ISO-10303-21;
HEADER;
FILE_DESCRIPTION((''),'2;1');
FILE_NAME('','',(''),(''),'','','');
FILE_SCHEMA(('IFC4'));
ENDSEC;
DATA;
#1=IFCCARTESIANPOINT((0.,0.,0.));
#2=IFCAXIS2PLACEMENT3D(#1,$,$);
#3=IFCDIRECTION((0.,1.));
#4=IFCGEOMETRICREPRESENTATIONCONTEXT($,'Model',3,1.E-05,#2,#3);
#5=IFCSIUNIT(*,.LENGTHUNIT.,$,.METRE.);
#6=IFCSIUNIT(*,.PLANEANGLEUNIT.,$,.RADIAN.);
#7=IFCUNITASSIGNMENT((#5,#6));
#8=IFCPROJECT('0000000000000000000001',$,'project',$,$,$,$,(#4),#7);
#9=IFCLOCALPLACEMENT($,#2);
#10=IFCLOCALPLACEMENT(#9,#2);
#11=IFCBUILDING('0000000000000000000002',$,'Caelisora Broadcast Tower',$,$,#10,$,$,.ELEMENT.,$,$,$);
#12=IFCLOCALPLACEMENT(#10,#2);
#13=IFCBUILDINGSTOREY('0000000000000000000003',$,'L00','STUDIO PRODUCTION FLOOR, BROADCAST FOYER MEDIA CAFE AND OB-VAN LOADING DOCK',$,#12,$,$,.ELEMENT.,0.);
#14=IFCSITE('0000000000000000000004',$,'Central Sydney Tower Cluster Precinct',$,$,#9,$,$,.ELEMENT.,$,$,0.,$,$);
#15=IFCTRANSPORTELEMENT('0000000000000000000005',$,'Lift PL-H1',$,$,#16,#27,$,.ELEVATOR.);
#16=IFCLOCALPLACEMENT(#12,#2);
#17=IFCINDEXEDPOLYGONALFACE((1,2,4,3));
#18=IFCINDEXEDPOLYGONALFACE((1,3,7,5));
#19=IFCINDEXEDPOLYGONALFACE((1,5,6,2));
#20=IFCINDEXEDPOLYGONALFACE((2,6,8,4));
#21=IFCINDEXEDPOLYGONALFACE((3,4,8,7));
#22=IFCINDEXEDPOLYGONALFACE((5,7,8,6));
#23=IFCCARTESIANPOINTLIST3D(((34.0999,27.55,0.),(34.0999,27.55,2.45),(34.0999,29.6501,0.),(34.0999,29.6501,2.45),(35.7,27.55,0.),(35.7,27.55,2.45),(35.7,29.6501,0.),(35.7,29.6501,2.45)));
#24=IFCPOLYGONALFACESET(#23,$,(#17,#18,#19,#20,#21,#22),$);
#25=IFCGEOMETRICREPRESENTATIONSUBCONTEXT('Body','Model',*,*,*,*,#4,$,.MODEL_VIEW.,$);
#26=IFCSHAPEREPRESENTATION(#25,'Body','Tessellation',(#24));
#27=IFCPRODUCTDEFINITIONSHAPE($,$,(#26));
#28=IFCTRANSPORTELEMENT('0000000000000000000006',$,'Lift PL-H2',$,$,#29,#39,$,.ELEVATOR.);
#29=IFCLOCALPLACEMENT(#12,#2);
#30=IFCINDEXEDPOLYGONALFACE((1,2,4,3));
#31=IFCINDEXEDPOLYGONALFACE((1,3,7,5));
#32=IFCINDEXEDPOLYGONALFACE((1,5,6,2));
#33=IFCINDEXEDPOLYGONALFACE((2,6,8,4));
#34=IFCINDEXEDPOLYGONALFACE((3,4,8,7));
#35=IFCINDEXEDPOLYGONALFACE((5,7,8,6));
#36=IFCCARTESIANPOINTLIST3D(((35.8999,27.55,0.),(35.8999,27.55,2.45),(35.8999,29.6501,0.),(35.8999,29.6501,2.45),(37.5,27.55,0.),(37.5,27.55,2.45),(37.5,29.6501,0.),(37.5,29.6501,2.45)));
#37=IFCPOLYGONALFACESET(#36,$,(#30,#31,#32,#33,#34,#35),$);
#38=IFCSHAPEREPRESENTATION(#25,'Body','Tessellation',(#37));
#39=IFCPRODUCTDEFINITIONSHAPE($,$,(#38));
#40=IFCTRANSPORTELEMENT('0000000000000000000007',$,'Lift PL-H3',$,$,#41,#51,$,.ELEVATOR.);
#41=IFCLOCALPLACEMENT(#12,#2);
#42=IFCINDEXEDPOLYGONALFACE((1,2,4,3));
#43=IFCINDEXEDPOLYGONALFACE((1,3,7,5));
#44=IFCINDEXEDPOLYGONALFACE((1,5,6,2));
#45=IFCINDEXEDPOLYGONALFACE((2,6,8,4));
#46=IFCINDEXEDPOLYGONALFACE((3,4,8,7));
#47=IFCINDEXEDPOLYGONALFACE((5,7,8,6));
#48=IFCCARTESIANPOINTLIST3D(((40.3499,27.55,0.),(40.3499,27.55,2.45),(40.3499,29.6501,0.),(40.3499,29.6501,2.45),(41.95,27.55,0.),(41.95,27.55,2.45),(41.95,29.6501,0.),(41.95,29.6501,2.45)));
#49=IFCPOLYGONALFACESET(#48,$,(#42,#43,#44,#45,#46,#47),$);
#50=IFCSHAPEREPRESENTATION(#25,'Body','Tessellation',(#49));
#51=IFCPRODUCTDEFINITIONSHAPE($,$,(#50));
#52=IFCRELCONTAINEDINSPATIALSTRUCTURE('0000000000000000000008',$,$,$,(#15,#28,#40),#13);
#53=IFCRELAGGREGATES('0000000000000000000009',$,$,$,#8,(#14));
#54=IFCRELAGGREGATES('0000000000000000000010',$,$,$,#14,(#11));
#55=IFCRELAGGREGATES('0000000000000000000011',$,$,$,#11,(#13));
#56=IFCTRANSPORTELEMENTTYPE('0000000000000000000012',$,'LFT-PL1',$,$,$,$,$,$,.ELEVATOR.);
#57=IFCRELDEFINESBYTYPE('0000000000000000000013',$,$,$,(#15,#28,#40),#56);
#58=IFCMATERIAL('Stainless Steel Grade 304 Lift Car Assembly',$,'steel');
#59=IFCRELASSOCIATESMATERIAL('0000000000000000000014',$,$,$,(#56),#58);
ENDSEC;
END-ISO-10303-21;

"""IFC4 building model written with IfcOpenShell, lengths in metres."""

from ifc_helpers import new_model, si_unit, direction, frame, origin, origin_2d, place, context, subcontext, project, spatial, rectangle, extrude, source, transform, mapped, material, type_object, type_shapes, element, save


model = new_model("IFC4")

# Units and contexts
model_context = context("Model", 3, precision=1e-05, world=origin(), true_north=direction((0.0, 1.0)))
body_context = subcontext(model_context, "Body", "Model", "MODEL_VIEW")
ifc_project = project(units=[si_unit("LENGTHUNIT", "METRE"), si_unit("PLANEANGLEUNIT", "RADIAN")], contexts=[model_context])

# Site, building, storey
site_placement = place(None, origin())
site = spatial("IfcSite", under=ifc_project, at=site_placement, Name="Central Sydney Tower Cluster Precinct", CompositionType="ELEMENT", RefElevation=0.0)
building_placement = place(site_placement, origin())
building = spatial("IfcBuilding", under=site, at=building_placement, Name="Caelisora Broadcast Tower", CompositionType="ELEMENT")
storey_placement = place(building_placement, origin())
storey = spatial("IfcBuildingStorey", under=building, at=storey_placement, Name="L00", Description="STUDIO PRODUCTION FLOOR, BROADCAST FOYER MEDIA CAFE AND OB-VAN LOADING DOCK", CompositionType="ELEMENT", Elevation=0.0)

# Transport elements
ifc_material_1 = material(Name="Stainless Steel Grade 304 Lift Car Assembly", Category="steel")
transport_element_type = type_object("IfcTransportElementType", Name="LFT-PL1", PredefinedType="ELEVATOR", material=ifc_material_1)
shared_shape_1 = source(origin(), body_context, "Body", "SweptSolid", [
    extrude(rectangle(XDim=1.6001, YDim=2.1001, at=origin_2d()), origin(), (0.0, 0.0, 1.0), 2.45),
])
type_shapes(transport_element_type, [shared_shape_1])
for number, where, z_axis, x_axis, name in (
    (1, (34.8999, 28.6001, 0.0), (0.0, 0.0, 1.0), (1.0, 0.0, 0.0), "Lift PL-H1"),
    (2, (36.7, 28.6001, 0.0), (0.0, 0.0, 1.0), (1.0, 0.0, 0.0), "Lift PL-H2"),
    (3, (41.1499, 28.6001, 0.0), (0.0, 0.0, 1.0), (1.0, 0.0, 0.0), "Lift PL-H3"),
):
    element("IfcTransportElement", number, at=place(storey_placement, frame(where, z_axis=z_axis, x_axis=x_axis)), inside=storey, type_object=transport_element_type, Name=name, PredefinedType="ELEVATOR", context=body_context, shape_type="MappedRepresentation", body=[
        mapped(shared_shape_1, transform((0.0, 0.0, 0.0), scale=1.0)),
    ])

save(model, "model.ifc")
